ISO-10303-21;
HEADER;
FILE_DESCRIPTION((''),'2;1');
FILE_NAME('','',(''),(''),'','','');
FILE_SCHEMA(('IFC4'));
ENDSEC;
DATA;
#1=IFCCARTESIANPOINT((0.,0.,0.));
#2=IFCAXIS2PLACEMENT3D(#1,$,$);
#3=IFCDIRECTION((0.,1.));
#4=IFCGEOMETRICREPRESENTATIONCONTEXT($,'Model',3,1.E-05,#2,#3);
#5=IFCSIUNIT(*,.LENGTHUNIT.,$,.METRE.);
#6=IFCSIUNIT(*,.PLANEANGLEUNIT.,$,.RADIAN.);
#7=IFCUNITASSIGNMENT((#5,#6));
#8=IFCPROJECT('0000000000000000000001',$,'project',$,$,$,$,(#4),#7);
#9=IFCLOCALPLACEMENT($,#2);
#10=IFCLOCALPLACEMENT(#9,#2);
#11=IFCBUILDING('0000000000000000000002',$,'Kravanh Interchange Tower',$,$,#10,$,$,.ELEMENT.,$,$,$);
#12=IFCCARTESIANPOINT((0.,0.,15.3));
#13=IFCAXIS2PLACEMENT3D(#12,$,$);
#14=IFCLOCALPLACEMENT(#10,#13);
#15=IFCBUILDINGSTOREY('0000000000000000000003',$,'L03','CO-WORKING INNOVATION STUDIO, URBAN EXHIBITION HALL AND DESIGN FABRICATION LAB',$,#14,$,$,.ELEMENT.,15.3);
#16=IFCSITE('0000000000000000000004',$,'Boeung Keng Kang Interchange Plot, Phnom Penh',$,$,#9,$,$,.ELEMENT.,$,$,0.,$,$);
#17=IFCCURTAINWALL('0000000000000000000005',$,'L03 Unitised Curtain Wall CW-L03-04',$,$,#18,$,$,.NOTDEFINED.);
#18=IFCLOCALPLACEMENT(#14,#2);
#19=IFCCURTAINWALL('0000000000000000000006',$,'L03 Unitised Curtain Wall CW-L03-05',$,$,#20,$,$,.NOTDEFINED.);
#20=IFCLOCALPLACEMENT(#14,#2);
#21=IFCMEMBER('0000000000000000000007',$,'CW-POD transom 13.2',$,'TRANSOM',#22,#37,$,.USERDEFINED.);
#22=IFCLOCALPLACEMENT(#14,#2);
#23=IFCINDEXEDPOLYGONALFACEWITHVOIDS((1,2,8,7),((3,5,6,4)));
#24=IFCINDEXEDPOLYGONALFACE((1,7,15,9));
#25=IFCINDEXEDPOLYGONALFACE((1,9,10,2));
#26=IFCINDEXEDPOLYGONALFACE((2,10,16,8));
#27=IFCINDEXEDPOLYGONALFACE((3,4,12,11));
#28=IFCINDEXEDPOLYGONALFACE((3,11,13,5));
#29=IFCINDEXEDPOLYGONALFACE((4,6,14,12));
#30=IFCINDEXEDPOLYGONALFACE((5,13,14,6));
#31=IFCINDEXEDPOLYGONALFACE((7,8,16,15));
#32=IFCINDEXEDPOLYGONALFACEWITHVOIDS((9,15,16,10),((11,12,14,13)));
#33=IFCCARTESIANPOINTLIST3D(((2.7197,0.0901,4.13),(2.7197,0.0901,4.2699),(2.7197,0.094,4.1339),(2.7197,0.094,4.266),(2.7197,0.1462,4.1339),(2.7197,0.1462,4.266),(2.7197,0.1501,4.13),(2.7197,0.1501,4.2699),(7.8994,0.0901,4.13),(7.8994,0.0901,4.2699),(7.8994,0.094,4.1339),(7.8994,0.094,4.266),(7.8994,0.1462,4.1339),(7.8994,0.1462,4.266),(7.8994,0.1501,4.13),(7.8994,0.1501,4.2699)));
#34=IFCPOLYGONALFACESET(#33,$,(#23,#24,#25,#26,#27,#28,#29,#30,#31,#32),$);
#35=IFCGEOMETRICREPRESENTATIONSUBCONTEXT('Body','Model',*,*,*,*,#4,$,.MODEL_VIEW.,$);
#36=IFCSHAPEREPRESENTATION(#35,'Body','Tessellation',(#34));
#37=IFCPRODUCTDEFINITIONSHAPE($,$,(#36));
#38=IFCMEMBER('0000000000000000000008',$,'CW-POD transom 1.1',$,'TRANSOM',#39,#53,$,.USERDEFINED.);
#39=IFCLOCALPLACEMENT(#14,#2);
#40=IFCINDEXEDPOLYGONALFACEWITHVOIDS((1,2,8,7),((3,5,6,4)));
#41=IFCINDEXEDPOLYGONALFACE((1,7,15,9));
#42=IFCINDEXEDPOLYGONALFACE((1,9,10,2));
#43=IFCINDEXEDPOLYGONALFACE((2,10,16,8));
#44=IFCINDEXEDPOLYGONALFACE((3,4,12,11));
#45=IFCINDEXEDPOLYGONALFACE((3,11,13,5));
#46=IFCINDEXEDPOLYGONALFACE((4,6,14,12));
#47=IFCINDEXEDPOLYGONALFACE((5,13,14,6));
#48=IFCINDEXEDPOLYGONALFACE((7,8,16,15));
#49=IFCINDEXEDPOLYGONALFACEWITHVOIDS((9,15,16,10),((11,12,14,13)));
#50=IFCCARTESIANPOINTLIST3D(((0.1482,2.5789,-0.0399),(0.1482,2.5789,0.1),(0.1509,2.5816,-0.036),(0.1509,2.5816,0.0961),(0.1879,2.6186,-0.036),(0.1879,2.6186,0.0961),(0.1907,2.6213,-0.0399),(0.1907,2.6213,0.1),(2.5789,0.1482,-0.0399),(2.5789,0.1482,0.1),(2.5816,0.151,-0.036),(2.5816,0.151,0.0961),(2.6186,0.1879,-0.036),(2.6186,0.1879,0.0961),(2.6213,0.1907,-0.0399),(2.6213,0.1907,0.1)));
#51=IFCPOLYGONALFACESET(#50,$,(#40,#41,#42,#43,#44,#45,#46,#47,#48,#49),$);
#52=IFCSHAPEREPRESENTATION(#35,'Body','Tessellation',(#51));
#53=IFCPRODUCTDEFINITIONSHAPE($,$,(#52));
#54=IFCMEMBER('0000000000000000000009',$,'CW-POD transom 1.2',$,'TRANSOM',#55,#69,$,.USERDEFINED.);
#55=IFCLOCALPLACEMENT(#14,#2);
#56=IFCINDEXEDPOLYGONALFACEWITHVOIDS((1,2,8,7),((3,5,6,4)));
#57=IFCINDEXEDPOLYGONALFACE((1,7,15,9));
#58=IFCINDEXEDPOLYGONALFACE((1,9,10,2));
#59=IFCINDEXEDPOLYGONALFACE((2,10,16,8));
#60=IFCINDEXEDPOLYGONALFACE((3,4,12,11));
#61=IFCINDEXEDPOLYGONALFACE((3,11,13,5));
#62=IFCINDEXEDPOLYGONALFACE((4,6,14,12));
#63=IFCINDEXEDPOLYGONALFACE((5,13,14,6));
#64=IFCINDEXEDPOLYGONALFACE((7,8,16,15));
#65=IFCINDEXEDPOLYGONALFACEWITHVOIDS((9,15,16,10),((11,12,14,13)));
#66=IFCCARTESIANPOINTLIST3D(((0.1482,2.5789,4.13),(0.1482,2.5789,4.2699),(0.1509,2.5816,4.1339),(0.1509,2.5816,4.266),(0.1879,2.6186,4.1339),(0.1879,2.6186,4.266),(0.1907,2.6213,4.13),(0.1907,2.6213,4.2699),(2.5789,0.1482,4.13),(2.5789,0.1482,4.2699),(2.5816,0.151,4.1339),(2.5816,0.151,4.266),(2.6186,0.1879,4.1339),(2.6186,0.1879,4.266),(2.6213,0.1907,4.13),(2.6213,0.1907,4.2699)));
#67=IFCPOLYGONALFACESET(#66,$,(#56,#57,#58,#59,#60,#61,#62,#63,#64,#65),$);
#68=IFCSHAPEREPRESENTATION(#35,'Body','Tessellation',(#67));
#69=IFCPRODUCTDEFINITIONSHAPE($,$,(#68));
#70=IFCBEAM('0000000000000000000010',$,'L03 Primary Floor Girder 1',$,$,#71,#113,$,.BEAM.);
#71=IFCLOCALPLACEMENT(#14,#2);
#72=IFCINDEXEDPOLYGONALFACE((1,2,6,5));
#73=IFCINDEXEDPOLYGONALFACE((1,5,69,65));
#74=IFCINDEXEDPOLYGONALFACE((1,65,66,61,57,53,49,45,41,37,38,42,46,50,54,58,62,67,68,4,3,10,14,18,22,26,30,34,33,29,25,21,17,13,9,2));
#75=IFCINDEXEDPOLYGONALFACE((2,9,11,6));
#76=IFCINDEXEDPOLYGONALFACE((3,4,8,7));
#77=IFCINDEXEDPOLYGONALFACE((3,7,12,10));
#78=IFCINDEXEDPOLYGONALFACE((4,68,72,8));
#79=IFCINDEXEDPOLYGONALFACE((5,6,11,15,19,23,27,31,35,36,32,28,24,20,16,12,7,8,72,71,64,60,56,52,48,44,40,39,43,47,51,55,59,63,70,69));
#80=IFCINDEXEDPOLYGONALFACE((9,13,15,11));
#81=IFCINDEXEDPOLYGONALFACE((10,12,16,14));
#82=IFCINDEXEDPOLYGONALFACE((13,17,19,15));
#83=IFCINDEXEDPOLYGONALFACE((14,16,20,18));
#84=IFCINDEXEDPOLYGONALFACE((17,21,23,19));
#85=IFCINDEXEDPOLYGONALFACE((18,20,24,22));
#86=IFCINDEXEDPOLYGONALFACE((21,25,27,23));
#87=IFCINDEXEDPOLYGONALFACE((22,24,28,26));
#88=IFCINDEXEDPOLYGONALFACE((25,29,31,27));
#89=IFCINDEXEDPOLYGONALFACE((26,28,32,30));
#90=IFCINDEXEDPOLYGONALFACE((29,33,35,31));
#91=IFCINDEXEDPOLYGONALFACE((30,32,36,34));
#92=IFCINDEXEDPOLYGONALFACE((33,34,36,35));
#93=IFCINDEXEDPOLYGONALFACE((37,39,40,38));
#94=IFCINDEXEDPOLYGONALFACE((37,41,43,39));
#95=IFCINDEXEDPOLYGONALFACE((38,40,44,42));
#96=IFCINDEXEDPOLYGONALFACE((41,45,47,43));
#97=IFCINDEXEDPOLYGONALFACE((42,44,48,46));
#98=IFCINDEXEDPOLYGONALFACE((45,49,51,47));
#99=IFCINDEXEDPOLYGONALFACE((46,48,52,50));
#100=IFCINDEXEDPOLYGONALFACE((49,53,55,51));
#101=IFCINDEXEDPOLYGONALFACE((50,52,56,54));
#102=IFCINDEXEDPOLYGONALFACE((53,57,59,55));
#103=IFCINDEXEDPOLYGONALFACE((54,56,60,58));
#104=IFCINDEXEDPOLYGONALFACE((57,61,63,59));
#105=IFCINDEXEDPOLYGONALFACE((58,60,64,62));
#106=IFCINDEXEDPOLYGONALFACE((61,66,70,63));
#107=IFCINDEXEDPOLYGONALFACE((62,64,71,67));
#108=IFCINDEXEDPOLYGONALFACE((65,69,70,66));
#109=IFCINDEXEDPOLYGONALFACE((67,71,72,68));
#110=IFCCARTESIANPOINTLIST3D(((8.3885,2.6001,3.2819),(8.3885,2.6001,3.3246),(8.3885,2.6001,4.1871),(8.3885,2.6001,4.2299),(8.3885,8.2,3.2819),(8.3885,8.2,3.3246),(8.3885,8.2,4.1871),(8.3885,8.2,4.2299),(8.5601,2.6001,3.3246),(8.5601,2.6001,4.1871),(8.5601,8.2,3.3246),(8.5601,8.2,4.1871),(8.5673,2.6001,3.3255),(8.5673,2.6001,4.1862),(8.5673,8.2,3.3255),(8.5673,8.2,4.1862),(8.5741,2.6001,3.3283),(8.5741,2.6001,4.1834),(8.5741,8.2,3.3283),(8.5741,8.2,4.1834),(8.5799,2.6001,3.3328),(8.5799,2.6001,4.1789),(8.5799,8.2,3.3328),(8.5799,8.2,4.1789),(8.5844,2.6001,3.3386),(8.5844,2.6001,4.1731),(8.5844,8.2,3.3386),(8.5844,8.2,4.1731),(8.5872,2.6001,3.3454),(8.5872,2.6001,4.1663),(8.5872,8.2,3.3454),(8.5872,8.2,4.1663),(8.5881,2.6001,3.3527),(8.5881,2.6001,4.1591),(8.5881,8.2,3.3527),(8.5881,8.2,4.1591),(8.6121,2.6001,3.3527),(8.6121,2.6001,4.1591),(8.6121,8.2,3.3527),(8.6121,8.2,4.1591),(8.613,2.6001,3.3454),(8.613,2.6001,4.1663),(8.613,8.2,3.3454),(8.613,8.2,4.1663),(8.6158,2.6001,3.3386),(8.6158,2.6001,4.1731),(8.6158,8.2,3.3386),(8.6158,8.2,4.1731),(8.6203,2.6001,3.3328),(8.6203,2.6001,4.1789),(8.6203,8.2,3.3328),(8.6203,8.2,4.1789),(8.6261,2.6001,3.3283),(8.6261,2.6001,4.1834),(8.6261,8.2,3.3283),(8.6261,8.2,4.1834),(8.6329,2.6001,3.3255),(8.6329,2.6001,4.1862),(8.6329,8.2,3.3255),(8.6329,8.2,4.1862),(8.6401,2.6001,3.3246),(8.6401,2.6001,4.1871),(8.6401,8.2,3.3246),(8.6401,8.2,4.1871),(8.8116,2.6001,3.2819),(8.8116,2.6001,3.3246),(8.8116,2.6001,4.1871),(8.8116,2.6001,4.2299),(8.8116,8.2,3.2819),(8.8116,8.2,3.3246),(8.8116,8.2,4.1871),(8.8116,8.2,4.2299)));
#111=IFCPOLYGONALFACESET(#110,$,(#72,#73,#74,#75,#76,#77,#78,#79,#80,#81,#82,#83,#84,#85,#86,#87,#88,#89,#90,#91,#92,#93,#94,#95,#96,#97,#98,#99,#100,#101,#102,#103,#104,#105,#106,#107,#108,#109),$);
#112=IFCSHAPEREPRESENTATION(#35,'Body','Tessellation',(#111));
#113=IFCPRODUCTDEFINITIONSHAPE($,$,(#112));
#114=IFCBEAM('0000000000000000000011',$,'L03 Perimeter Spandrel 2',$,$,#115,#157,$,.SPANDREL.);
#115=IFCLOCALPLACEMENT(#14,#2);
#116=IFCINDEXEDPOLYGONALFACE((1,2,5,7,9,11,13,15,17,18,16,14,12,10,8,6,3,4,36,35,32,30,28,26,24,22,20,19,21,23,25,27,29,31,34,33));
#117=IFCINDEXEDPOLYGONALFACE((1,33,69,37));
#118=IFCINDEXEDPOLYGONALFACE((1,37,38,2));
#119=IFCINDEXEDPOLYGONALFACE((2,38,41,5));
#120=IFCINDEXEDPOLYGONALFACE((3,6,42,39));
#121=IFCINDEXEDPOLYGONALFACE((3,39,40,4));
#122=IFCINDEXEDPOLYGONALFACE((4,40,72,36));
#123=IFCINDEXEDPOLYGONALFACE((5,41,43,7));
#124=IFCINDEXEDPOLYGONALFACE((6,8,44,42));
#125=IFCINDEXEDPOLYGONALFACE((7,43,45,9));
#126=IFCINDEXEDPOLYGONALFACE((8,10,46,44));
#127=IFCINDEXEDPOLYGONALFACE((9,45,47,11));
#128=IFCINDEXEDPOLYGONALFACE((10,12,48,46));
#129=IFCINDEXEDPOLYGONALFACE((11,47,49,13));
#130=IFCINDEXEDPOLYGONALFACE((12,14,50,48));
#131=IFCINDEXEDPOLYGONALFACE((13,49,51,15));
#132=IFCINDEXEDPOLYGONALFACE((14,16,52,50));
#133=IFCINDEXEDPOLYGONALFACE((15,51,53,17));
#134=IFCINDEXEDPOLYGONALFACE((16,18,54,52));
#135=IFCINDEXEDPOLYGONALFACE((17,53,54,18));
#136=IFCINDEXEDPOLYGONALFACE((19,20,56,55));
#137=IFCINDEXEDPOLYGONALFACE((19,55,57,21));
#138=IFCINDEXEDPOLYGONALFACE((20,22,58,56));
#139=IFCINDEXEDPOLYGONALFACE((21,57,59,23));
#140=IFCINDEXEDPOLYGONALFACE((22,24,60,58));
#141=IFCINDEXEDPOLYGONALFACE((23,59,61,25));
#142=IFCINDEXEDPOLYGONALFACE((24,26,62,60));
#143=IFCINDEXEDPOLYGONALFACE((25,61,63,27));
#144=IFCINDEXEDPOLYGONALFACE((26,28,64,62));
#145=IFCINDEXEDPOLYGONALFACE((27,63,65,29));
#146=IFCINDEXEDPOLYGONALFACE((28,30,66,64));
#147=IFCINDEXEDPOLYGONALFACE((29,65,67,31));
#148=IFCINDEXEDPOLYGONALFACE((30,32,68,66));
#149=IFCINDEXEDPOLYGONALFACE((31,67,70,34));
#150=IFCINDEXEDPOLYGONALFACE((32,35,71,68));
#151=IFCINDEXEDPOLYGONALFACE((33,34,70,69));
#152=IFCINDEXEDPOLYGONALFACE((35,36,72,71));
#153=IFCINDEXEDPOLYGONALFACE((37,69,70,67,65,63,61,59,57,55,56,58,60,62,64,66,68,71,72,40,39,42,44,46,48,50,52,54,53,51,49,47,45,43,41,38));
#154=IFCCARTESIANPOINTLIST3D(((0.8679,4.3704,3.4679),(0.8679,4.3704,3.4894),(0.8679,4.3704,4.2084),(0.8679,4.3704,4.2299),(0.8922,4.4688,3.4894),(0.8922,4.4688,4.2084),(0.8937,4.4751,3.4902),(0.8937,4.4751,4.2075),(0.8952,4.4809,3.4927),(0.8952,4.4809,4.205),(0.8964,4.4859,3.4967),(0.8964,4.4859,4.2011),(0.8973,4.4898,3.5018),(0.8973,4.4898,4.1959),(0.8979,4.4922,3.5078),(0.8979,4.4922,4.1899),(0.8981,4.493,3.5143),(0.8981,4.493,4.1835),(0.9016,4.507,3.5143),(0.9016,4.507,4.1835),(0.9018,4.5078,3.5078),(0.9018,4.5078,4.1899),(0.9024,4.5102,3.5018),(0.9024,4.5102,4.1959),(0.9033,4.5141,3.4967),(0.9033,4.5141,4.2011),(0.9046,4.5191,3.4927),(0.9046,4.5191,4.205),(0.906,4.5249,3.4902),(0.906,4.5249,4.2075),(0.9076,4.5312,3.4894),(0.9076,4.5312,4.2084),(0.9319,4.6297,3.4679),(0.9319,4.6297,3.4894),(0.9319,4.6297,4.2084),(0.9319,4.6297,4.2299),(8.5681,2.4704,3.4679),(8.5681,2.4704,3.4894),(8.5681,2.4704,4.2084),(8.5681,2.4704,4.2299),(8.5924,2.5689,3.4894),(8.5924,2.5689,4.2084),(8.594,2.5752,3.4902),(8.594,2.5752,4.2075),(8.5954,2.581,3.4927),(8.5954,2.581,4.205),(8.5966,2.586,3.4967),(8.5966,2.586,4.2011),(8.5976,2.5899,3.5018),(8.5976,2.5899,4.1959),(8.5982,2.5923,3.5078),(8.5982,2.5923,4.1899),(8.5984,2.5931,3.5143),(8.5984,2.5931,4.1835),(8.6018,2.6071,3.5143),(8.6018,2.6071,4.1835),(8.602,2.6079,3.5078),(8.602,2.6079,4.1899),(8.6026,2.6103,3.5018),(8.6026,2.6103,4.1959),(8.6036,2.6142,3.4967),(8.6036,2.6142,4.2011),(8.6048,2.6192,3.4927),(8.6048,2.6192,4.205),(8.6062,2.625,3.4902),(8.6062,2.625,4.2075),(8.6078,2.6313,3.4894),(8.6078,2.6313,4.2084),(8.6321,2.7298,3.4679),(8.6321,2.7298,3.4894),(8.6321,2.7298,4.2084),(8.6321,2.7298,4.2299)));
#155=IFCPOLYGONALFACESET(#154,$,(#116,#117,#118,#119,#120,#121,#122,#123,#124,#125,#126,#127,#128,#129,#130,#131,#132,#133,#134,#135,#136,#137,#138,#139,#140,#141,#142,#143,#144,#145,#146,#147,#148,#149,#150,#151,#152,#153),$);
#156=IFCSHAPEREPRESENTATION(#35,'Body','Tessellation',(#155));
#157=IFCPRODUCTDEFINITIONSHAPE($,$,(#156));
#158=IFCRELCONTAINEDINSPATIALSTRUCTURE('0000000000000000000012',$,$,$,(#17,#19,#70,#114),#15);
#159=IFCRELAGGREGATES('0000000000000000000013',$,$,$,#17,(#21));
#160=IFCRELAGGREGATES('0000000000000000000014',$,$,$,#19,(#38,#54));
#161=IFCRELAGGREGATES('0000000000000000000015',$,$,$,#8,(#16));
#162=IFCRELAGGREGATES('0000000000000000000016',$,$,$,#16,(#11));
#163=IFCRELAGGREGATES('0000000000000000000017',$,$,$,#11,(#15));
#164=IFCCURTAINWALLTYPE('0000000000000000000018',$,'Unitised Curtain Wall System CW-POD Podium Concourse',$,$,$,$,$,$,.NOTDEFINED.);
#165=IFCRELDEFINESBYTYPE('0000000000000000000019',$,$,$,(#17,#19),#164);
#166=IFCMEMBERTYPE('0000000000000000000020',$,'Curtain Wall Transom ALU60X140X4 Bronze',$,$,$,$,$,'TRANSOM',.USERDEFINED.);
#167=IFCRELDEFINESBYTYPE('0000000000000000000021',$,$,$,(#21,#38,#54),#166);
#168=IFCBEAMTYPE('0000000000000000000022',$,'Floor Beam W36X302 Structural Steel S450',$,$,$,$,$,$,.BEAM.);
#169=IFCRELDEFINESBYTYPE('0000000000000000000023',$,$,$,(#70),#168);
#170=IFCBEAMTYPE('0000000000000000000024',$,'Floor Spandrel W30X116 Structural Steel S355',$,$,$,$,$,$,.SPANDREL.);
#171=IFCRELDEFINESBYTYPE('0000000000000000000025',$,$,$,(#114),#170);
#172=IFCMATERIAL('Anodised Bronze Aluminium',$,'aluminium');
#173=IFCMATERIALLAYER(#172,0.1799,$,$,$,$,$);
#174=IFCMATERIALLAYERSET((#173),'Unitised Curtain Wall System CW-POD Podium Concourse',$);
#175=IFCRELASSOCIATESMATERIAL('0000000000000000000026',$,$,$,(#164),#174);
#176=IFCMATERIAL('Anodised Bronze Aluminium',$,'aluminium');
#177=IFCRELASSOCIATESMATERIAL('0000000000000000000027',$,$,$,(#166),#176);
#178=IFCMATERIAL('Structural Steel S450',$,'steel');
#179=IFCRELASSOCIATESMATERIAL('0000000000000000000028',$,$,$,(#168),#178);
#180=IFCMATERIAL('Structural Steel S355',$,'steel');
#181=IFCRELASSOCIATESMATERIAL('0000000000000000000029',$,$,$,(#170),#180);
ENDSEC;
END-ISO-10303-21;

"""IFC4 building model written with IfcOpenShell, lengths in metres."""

from ifc_helpers import new_model, si_unit, direction, frame, origin, origin_2d, place, context, subcontext, project, spatial, hollow_rectangle, i_section, extrude, material, layer, layer_set, material_profile, profile_set, type_object, element, aggregate, save


model = new_model("IFC4")

# Units and contexts
model_context = context("Model", 3, precision=1e-05, world=origin(), true_north=direction((0.0, 1.0)))
body_context = subcontext(model_context, "Body", "Model", "MODEL_VIEW")
ifc_project = project(units=[si_unit("LENGTHUNIT", "METRE"), si_unit("PLANEANGLEUNIT", "RADIAN")], contexts=[model_context])

# Site, building, storey
site_placement = place(None, origin())
site = spatial("IfcSite", under=ifc_project, at=site_placement, Name="Boeung Keng Kang Interchange Plot, Phnom Penh", CompositionType="ELEMENT", RefElevation=0.0)
building_placement = place(site_placement, origin())
building = spatial("IfcBuilding", under=site, at=building_placement, Name="Kravanh Interchange Tower", CompositionType="ELEMENT")
storey_placement = place(building_placement, frame((0.0, 0.0, 15.3)))
storey = spatial("IfcBuildingStorey", under=building, at=storey_placement, Name="L03", Description="CO-WORKING INNOVATION STUDIO, URBAN EXHIBITION HALL AND DESIGN FABRICATION LAB", CompositionType="ELEMENT", Elevation=15.3)

# Shared definitions
ifc_material_1 = material(Name="Anodised Bronze Aluminium", Category="aluminium")
ifc_layer_1 = layer(ifc_material_1, 0.1799)
ifc_layer_set_1 = layer_set([ifc_layer_1], Name="Unitised Curtain Wall System CW-POD Podium Concourse")
curtain_wall_type = type_object("IfcCurtainWallType", Name="Unitised Curtain Wall System CW-POD Podium Concourse", PredefinedType="NOTDEFINED", material=ifc_layer_set_1)

# Curtain walls
curtain_wall_1_placement = place(storey_placement, origin())
curtain_wall_1 = element("IfcCurtainWall", 1, at=curtain_wall_1_placement, inside=storey, type_object=curtain_wall_type, Name="L03 Unitised Curtain Wall CW-L03-04", PredefinedType="NOTDEFINED")
curtain_wall_2_placement = place(storey_placement, origin())
curtain_wall_2 = element("IfcCurtainWall", 2, at=curtain_wall_2_placement, inside=storey, type_object=curtain_wall_type, Name="L03 Unitised Curtain Wall CW-L03-05", PredefinedType="NOTDEFINED")

# Members
ifc_material_2 = material(Name="Anodised Bronze Aluminium", Category="aluminium")
ifc_material_profile_1 = material_profile(ifc_material_2, hollow_rectangle(XDim=0.0601, YDim=0.1399, WallThickness=0.0039, at=origin_2d()), Name="ALU60X140X4")
ifc_profile_set_1 = profile_set([ifc_material_profile_1], Name="Anodised Bronze Aluminium")
member_type_1 = type_object("IfcMemberType", Name="Curtain Wall Transom ALU60X140X4 Bronze", ElementType="TRANSOM", PredefinedType="USERDEFINED", material=ifc_profile_set_1)
member_1_placement = place(storey_placement, frame((7.8994, 0.1201, 4.2), z_axis=(-1.0, 0.0, 0.0), x_axis=(0.0, -1.0, 0.0)))
member_1 = element("IfcMember", 3, at=member_1_placement, type_object=member_type_1, Name="CW-POD transom 13.2", ObjectType="TRANSOM", PredefinedType="USERDEFINED", context=body_context, shape_type="SweptSolid", body=[
    extrude(hollow_rectangle(XDim=0.0601, YDim=0.1399, WallThickness=0.0039, at=origin_2d()), origin(), (0.0, 0.0, 1.0), 5.1797),
])
member_2_placement = place(storey_placement, frame((2.6001, 0.1694, 0.03), z_axis=(-0.707107, 0.707107, 0.0), x_axis=(-0.707107, -0.707107, 0.0)))
member_2 = element("IfcMember", 4, at=member_2_placement, type_object=member_type_1, Name="CW-POD transom 1.1", ObjectType="TRANSOM", PredefinedType="USERDEFINED", context=body_context, shape_type="SweptSolid", body=[
    extrude(hollow_rectangle(XDim=0.0601, YDim=0.1399, WallThickness=0.0039, at=origin_2d()), origin(), (0.0, 0.0, 1.0), 3.4375),
])
member_3_placement = place(storey_placement, frame((2.6001, 0.1694, 4.2), z_axis=(-0.707107, 0.707107, 0.0), x_axis=(-0.707107, -0.707107, 0.0)))
member_3 = element("IfcMember", 5, at=member_3_placement, type_object=member_type_1, Name="CW-POD transom 1.2", ObjectType="TRANSOM", PredefinedType="USERDEFINED", context=body_context, shape_type="SweptSolid", body=[
    extrude(hollow_rectangle(XDim=0.0601, YDim=0.1399, WallThickness=0.0039, at=origin_2d()), origin(), (0.0, 0.0, 1.0), 3.4375),
])

# Beams
ifc_material_3 = material(Name="Structural Steel S450", Category="steel")
ifc_material_profile_2 = material_profile(ifc_material_3, i_section(OverallWidth=0.4231, OverallDepth=0.948, WebThickness=0.0239, FlangeThickness=0.0427, FilletRadius=0.0281, at=origin_2d()), Name="W36X302")
ifc_profile_set_2 = profile_set([ifc_material_profile_2], Name="Structural Steel S450")
beam_type_1 = type_object("IfcBeamType", Name="Floor Beam W36X302 Structural Steel S450", PredefinedType="BEAM", material=ifc_profile_set_2)
beam_1_placement = place(storey_placement, frame((8.6001, 2.6001, 3.7559), z_axis=(0.0, 1.0, 0.0), x_axis=(-1.0, 0.0, 0.0)))
element("IfcBeam", 6, at=beam_1_placement, inside=storey, type_object=beam_type_1, Name="L03 Primary Floor Girder 1", PredefinedType="BEAM", context=body_context, shape_type="SweptSolid", body=[
    extrude(i_section(OverallWidth=0.4231, OverallDepth=0.948, WebThickness=0.0239, FlangeThickness=0.0427, FilletRadius=0.0281, at=origin_2d()), origin(), (0.0, 0.0, 1.0), 5.5999),
])
ifc_material_4 = material(Name="Structural Steel S355", Category="steel")
ifc_material_profile_3 = material_profile(ifc_material_4, i_section(OverallWidth=0.2671, OverallDepth=0.762, WebThickness=0.0144, FlangeThickness=0.0215, FilletRadius=0.0249, at=origin_2d()), Name="W30X116")
ifc_profile_set_3 = profile_set([ifc_material_profile_3], Name="Structural Steel S355")
beam_type_2 = type_object("IfcBeamType", Name="Floor Spandrel W30X116 Structural Steel S355", PredefinedType="SPANDREL", material=ifc_profile_set_3)
beam_2_placement = place(storey_placement, frame((8.6001, 2.6001, 3.8489), z_axis=(-0.970884, 0.23955, 0.0), x_axis=(-0.23955, -0.970884, 0.0)))
element("IfcBeam", 7, at=beam_2_placement, inside=storey, type_object=beam_type_2, Name="L03 Perimeter Spandrel 2", PredefinedType="SPANDREL", context=body_context, shape_type="SweptSolid", body=[
    extrude(i_section(OverallWidth=0.2671, OverallDepth=0.762, WebThickness=0.0144, FlangeThickness=0.0215, FilletRadius=0.0249, at=origin_2d()), origin(), (0.0, 0.0, 1.0), 7.9312),
])

aggregate(curtain_wall_1, [member_1])
aggregate(curtain_wall_2, [member_2, member_3])

save(model, "model.ifc")
